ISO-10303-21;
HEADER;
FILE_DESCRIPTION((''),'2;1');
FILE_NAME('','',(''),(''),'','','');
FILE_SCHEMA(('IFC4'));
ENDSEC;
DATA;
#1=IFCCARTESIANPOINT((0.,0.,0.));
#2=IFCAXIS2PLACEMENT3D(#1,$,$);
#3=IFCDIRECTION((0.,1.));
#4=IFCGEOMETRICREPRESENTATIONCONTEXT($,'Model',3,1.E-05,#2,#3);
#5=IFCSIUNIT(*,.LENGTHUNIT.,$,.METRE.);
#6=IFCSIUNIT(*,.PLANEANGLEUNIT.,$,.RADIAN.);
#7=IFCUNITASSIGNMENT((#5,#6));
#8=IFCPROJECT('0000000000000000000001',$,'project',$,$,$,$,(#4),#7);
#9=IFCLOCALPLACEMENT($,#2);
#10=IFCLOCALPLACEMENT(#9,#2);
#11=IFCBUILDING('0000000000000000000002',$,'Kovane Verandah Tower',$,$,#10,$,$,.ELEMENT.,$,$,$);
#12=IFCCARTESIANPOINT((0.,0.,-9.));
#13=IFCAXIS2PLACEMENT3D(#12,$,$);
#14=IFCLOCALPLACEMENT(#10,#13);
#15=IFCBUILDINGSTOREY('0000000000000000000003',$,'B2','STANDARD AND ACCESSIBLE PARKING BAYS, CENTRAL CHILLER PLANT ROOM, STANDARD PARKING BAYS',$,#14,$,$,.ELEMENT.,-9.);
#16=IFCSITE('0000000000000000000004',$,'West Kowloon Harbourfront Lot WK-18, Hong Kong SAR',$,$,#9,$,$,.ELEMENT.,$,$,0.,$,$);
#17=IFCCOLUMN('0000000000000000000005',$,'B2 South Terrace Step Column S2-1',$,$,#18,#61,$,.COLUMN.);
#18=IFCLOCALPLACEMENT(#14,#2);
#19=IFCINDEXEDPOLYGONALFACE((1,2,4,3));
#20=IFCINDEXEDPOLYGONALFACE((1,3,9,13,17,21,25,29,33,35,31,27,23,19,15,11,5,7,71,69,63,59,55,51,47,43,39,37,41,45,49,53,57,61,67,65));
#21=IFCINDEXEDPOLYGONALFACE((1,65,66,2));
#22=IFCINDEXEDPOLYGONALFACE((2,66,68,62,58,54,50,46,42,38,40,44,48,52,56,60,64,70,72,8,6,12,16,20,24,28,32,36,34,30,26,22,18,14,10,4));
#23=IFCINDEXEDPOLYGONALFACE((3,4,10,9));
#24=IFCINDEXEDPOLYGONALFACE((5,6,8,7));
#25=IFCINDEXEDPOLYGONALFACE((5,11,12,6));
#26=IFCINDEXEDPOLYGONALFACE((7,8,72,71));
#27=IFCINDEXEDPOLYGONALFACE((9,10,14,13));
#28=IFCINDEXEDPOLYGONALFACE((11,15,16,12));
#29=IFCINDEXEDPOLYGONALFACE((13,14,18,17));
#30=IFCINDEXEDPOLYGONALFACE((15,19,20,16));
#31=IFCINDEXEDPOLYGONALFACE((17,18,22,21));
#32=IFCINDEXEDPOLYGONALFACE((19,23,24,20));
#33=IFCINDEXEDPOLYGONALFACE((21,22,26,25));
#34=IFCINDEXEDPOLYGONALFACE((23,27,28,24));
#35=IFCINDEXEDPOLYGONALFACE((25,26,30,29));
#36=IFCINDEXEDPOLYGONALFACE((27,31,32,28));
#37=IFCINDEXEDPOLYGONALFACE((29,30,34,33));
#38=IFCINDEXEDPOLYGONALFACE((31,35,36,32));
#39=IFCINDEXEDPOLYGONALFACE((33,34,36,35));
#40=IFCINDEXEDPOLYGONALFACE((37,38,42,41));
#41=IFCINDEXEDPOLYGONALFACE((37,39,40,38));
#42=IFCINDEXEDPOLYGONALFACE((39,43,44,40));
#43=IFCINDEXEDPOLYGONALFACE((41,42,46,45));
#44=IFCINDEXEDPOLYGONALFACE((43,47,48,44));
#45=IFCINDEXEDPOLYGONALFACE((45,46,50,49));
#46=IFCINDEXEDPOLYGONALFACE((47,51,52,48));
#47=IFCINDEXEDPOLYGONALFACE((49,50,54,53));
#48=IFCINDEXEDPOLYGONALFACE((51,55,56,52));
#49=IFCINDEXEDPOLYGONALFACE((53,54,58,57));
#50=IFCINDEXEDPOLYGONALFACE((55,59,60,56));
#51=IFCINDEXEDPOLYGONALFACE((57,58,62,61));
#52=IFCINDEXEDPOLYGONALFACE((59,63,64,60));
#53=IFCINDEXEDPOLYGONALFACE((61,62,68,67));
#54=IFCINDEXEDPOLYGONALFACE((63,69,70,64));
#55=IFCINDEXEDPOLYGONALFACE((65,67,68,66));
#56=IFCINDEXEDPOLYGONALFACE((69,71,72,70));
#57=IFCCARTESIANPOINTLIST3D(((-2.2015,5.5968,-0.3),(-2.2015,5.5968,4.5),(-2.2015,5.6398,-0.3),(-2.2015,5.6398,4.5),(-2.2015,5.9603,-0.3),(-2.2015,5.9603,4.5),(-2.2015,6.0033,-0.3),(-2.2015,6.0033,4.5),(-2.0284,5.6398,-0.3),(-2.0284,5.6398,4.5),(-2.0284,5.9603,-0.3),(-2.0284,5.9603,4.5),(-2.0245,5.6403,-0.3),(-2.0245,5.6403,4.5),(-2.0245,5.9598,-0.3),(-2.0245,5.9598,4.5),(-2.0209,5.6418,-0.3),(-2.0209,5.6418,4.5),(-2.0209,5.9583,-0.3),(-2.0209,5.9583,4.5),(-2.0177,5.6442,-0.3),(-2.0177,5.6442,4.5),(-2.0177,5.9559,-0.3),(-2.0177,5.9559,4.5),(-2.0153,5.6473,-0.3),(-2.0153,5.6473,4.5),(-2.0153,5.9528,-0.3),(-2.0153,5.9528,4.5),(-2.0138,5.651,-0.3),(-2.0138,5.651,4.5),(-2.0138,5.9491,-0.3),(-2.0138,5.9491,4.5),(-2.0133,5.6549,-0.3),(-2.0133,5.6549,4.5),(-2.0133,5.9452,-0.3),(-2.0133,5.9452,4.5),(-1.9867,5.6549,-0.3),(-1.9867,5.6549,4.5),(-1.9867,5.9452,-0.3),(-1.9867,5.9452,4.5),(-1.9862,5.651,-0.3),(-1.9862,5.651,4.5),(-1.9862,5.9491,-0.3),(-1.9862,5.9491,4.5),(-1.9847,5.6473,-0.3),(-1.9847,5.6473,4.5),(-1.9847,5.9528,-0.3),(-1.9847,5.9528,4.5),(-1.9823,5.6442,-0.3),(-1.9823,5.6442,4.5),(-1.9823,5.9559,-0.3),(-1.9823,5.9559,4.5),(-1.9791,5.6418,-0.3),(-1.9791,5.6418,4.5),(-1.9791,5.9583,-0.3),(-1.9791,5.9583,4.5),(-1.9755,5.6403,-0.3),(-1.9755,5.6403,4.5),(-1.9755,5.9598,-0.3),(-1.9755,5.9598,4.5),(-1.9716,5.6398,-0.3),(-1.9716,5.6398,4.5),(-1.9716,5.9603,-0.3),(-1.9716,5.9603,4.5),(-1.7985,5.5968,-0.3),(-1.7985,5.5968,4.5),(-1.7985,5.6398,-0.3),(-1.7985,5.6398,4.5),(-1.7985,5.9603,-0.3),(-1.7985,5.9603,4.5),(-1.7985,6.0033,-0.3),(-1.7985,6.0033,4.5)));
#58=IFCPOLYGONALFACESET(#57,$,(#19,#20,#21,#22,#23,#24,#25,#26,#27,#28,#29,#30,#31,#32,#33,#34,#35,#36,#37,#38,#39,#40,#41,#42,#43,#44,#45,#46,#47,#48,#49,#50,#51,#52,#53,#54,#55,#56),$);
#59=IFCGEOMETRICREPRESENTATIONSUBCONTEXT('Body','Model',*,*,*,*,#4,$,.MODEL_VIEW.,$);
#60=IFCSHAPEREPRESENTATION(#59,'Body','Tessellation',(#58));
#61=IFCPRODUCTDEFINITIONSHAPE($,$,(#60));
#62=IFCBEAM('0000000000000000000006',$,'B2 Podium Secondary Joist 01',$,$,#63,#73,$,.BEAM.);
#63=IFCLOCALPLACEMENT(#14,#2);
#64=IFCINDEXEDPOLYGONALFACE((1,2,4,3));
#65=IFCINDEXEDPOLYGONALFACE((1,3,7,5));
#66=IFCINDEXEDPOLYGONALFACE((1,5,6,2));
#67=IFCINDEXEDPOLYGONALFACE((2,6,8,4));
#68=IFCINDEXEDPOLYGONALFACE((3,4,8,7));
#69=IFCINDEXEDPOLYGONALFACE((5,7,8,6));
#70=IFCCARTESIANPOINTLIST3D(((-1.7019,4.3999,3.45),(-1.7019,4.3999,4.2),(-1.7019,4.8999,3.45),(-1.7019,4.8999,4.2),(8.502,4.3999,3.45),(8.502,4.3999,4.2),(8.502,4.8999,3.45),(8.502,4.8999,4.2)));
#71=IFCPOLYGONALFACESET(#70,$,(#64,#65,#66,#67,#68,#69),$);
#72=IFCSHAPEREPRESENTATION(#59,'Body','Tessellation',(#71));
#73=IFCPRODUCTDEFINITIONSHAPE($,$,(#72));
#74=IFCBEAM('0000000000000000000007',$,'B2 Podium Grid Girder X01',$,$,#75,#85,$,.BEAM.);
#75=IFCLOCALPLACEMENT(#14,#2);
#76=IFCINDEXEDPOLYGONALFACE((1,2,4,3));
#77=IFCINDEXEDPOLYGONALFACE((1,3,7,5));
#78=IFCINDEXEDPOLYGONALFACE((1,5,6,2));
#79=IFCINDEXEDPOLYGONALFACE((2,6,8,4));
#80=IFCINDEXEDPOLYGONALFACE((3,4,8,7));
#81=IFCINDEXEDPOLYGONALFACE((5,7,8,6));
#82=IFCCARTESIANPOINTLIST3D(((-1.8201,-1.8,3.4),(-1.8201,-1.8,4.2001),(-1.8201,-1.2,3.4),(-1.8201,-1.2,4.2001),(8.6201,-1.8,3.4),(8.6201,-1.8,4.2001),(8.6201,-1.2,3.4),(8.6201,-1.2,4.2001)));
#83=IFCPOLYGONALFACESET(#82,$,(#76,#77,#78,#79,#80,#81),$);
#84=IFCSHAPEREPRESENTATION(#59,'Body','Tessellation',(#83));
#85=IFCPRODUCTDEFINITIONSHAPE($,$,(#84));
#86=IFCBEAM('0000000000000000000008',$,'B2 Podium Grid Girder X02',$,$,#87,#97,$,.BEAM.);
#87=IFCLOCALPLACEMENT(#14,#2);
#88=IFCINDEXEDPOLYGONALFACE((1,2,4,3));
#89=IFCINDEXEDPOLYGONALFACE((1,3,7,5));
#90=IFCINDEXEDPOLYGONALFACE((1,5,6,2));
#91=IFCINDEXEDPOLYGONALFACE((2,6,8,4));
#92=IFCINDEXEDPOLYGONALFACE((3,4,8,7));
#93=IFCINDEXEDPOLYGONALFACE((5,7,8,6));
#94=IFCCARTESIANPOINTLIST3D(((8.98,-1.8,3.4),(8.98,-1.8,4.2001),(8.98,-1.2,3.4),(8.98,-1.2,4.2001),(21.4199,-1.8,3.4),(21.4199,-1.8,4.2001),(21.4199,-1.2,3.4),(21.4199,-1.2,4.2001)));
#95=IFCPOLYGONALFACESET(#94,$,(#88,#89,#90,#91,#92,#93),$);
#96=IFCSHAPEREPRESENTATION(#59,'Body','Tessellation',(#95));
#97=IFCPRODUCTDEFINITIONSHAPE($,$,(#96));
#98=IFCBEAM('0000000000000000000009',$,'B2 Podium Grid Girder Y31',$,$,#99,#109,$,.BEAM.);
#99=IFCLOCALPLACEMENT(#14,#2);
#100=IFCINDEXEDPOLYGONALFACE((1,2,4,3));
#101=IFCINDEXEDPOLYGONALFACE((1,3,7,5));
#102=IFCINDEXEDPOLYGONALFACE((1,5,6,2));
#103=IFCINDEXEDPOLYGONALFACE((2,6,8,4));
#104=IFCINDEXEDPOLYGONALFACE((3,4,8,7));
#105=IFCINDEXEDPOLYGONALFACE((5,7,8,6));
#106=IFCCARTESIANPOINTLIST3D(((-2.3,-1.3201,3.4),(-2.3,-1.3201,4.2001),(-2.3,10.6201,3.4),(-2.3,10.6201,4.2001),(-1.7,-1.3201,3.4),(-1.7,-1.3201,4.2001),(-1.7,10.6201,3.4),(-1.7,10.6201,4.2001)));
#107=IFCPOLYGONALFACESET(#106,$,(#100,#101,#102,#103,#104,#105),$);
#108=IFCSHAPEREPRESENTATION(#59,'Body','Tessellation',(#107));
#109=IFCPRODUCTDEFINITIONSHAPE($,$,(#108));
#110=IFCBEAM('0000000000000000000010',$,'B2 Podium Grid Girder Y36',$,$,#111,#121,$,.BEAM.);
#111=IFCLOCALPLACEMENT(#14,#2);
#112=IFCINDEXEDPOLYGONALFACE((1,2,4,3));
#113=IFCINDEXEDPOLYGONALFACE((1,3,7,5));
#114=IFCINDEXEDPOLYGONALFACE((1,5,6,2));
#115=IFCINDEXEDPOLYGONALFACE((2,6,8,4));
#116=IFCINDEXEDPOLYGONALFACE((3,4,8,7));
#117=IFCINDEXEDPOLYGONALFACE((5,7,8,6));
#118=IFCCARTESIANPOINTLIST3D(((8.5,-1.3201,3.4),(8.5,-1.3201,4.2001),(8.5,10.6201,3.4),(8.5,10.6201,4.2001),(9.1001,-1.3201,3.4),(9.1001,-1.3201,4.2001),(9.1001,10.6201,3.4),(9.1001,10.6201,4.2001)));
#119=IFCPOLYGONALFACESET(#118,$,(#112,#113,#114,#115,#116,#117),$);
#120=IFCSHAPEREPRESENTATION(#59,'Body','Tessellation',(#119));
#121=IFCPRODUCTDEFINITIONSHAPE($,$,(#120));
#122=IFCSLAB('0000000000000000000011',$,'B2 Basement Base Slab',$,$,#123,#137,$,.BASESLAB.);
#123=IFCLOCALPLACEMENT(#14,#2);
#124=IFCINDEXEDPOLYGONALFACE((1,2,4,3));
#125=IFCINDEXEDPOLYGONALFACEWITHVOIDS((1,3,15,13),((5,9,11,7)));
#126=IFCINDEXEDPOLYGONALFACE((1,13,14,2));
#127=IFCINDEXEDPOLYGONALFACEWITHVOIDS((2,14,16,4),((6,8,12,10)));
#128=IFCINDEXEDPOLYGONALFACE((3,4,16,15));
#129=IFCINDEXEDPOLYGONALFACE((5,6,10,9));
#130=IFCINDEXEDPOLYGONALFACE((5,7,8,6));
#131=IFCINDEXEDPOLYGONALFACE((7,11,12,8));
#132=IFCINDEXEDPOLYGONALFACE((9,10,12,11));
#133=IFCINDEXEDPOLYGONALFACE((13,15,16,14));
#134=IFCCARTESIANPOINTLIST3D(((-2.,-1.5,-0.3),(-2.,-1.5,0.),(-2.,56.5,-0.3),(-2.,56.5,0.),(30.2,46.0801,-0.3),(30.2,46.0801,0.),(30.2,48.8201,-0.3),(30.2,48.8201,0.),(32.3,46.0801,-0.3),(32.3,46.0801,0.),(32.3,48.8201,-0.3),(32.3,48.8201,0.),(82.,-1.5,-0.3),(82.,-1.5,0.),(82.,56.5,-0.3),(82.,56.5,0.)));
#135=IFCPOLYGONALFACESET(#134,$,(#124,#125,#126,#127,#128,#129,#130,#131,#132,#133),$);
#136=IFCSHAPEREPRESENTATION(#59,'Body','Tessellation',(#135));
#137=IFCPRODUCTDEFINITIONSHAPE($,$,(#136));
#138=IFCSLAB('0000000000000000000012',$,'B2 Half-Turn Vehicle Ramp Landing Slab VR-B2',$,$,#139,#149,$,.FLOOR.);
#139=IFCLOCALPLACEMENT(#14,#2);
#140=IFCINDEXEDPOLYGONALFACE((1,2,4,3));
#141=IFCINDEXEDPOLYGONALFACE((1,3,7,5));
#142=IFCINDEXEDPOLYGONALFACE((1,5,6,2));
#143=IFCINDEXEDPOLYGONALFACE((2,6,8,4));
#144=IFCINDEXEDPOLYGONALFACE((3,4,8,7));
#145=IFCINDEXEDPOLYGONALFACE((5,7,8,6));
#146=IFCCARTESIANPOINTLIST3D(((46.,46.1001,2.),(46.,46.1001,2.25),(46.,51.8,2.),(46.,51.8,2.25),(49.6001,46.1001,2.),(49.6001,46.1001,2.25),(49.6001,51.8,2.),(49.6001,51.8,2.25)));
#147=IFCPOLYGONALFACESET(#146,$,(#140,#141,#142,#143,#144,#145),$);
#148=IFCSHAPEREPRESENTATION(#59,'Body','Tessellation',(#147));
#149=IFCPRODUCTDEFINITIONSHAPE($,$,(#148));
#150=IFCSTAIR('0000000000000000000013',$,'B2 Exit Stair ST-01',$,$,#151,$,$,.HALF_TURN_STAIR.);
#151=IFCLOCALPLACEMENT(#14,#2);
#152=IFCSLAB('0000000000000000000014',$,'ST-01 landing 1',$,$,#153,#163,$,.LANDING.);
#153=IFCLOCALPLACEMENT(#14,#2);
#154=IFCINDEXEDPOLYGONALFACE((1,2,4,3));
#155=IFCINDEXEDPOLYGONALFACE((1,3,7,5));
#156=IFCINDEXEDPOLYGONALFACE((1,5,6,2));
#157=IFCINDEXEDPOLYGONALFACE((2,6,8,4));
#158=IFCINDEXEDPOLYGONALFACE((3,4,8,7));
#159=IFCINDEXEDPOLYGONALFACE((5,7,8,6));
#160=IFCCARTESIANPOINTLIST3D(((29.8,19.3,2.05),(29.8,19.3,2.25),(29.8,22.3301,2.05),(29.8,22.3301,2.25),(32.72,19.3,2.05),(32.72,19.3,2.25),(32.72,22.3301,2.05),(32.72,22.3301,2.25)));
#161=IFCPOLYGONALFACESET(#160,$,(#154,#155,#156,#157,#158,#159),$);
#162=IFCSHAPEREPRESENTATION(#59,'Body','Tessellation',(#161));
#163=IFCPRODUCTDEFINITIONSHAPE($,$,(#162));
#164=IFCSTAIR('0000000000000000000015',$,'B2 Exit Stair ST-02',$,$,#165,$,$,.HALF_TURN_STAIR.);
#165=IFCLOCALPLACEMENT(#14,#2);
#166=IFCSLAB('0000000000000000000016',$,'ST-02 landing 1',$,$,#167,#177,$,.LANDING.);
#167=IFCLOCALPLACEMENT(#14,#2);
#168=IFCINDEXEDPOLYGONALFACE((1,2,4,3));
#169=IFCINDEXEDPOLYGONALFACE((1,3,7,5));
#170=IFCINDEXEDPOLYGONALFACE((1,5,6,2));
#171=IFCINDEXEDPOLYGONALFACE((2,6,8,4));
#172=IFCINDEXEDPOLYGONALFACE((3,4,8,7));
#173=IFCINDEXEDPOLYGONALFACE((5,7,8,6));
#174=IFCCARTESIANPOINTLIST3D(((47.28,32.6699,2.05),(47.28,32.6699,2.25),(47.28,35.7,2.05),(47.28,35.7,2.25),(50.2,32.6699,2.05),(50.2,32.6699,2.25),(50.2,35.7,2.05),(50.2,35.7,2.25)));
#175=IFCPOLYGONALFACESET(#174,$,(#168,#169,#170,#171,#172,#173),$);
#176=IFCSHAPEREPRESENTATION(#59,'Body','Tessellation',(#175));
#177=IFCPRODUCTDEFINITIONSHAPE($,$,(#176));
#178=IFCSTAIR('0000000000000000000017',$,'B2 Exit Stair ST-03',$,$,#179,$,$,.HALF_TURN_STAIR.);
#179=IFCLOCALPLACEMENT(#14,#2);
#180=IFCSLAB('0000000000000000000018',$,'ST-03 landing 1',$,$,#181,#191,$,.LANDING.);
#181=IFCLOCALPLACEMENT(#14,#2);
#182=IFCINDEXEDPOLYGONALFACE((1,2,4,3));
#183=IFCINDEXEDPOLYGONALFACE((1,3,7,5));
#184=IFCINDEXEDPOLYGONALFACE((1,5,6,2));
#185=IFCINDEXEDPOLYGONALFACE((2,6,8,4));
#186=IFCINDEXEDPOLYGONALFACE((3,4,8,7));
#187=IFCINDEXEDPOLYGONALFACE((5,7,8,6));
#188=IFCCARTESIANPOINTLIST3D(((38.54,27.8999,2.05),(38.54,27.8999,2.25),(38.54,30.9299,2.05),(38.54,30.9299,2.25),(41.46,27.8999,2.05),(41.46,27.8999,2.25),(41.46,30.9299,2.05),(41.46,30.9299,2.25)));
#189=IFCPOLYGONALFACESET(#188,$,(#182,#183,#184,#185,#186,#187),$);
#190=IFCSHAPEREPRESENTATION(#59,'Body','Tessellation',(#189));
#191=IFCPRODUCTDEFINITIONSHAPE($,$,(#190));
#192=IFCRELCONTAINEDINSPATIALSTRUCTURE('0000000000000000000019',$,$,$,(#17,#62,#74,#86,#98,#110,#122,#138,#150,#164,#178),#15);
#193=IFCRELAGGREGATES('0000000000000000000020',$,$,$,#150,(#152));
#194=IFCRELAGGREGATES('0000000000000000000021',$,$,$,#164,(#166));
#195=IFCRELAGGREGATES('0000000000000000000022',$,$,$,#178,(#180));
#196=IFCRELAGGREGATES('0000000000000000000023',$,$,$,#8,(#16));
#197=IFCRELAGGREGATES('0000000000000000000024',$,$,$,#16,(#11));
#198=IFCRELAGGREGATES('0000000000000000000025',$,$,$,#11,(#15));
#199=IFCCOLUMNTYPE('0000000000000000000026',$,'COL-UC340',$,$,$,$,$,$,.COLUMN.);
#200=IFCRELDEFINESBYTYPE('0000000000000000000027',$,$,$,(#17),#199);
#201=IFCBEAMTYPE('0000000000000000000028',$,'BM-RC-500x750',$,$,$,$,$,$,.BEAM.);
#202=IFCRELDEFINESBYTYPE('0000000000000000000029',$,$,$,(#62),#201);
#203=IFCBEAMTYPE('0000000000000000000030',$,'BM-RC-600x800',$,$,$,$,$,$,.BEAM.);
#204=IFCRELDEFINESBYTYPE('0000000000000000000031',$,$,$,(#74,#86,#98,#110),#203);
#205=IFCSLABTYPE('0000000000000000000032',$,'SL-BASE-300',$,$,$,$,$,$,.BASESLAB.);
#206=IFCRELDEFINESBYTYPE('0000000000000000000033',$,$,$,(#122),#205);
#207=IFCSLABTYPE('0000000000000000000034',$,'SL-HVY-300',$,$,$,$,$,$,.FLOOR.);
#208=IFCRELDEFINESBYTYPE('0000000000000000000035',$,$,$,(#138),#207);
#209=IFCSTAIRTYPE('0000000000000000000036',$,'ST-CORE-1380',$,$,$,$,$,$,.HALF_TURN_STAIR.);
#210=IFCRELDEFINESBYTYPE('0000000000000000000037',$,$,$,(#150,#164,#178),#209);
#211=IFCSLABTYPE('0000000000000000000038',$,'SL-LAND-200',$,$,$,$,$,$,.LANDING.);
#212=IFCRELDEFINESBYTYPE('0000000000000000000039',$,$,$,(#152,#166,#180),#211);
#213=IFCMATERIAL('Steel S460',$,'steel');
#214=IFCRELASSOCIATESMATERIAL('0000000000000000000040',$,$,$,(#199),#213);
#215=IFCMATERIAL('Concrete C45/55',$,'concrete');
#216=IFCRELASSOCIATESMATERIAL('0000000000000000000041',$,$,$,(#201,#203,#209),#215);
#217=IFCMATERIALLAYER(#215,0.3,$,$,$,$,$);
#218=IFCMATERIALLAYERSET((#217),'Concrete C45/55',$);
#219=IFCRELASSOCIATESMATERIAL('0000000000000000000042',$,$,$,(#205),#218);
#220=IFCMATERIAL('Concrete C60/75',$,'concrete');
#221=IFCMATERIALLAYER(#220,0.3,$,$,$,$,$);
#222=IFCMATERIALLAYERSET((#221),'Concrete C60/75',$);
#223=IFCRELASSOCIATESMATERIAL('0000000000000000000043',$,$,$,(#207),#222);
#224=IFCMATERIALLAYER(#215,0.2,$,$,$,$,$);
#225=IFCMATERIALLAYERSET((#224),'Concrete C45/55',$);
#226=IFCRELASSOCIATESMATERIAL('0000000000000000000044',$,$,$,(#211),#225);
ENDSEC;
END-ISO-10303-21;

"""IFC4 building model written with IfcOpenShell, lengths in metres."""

from ifc_helpers import new_model, si_unit, direction, frame, origin, origin_2d, place, context, subcontext, project, spatial, polyline, rectangle, i_section, outline, extrude, material, layer, layer_set, material_profile, profile_set, type_object, element, aggregate, save


model = new_model("IFC4")

# Units and contexts
model_context = context("Model", 3, precision=1e-05, world=origin(), true_north=direction((0.0, 1.0)))
body_context = subcontext(model_context, "Body", "Model", "MODEL_VIEW")
ifc_project = project(units=[si_unit("LENGTHUNIT", "METRE"), si_unit("PLANEANGLEUNIT", "RADIAN")], contexts=[model_context])

# Site, building, storey
site_placement = place(None, origin())
site = spatial("IfcSite", under=ifc_project, at=site_placement, Name="West Kowloon Harbourfront Lot WK-18, Hong Kong SAR", CompositionType="ELEMENT", RefElevation=0.0)
building_placement = place(site_placement, origin())
building = spatial("IfcBuilding", under=site, at=building_placement, Name="Kovane Verandah Tower", CompositionType="ELEMENT")
storey_placement = place(building_placement, frame((0.0, 0.0, -9.0)))
storey = spatial("IfcBuildingStorey", under=building, at=storey_placement, Name="B2", Description="STANDARD AND ACCESSIBLE PARKING BAYS, CENTRAL CHILLER PLANT ROOM, STANDARD PARKING BAYS", CompositionType="ELEMENT", Elevation=-9.0)

# Shared definitions
ifc_material_1 = material(Name="Concrete C60/75", Category="concrete")

# Column
ifc_material_2 = material(Name="Steel S460", Category="steel")
ifc_material_profile_1 = material_profile(ifc_material_2, i_section(OverallWidth=0.4031, OverallDepth=0.4065, WebThickness=0.0266, FlangeThickness=0.043, FilletRadius=0.0151, at=origin_2d()), Name="UC356x406x340")
ifc_profile_set_1 = profile_set([ifc_material_profile_1], Name="Steel S460")
column_type_1 = type_object("IfcColumnType", Name="COL-UC340", PredefinedType="COLUMN", material=ifc_profile_set_1)
for number, where, z_axis, x_axis, name in (
    (1, (-2.0, 5.8, -0.3), (0.0, 0.0, 1.0), (1.0, 0.0, 0.0), "B2 South Terrace Step Column S2-1"),
):
    element("IfcColumn", number, at=place(storey_placement, frame(where, z_axis=z_axis, x_axis=x_axis)), inside=storey, type_object=column_type_1, Name=name, PredefinedType="COLUMN", context=body_context, shape_type="SweptSolid", body=[
        extrude(i_section(OverallWidth=0.4031, OverallDepth=0.4065, WebThickness=0.0266, FlangeThickness=0.043, FilletRadius=0.0151, at=origin_2d()), origin(), (0.0, 0.0, 1.0), 4.8),
    ])

# Beams
ifc_material_3 = material(Name="Concrete C45/55", Category="concrete")
ifc_material_profile_2 = material_profile(ifc_material_3, rectangle(XDim=0.5, YDim=0.75, at=origin_2d()), Name="RCB500x750")
ifc_profile_set_2 = profile_set([ifc_material_profile_2], Name="Concrete C45/55")
beam_type_1 = type_object("IfcBeamType", Name="BM-RC-500x750", PredefinedType="BEAM", material=ifc_profile_set_2)
beam_1_placement = place(storey_placement, frame((-1.7019, 4.6499, 3.825), z_axis=(1.0, 0.0, 0.0), x_axis=(0.0, 1.0, 0.0)))
element("IfcBeam", 2, at=beam_1_placement, inside=storey, type_object=beam_type_1, Name="B2 Podium Secondary Joist 01", PredefinedType="BEAM", context=body_context, shape_type="SweptSolid", body=[
    extrude(rectangle(XDim=0.5, YDim=0.75, at=origin_2d()), origin(), (0.0, 0.0, 1.0), 10.2039),
])
ifc_material_profile_3 = material_profile(ifc_material_3, rectangle(XDim=0.6001, YDim=0.8, at=origin_2d()), Name="RCB600x800")
ifc_profile_set_3 = profile_set([ifc_material_profile_3], Name="Concrete C45/55")
beam_type_2 = type_object("IfcBeamType", Name="BM-RC-600x800", PredefinedType="BEAM", material=ifc_profile_set_3)
beam_2_placement = place(storey_placement, frame((-1.8201, -1.5, 3.8), z_axis=(1.0, 0.0, 0.0), x_axis=(0.0, 1.0, 0.0)))
element("IfcBeam", 3, at=beam_2_placement, inside=storey, type_object=beam_type_2, Name="B2 Podium Grid Girder X01", PredefinedType="BEAM", context=body_context, shape_type="SweptSolid", body=[
    extrude(rectangle(XDim=0.6001, YDim=0.8, at=origin_2d()), origin(), (0.0, 0.0, 1.0), 10.4402),
])
beam_3_placement = place(storey_placement, frame((8.98, -1.5, 3.8), z_axis=(1.0, 0.0, 0.0), x_axis=(0.0, 1.0, 0.0)))
element("IfcBeam", 4, at=beam_3_placement, inside=storey, type_object=beam_type_2, Name="B2 Podium Grid Girder X02", PredefinedType="BEAM", context=body_context, shape_type="SweptSolid", body=[
    extrude(rectangle(XDim=0.6001, YDim=0.8, at=origin_2d()), origin(), (0.0, 0.0, 1.0), 12.4399),
])
for number, where, z_axis, x_axis, name in (
    (5, (-2.0, -1.3201, 3.8), (0.0, 1.0, 0.0), (-1.0, 0.0, 0.0), "B2 Podium Grid Girder Y31"),
    (6, (8.8, -1.3201, 3.8), (0.0, 1.0, 0.0), (-1.0, 0.0, 0.0), "B2 Podium Grid Girder Y36"),
):
    element("IfcBeam", number, at=place(storey_placement, frame(where, z_axis=z_axis, x_axis=x_axis)), inside=storey, type_object=beam_type_2, Name=name, PredefinedType="BEAM", context=body_context, shape_type="SweptSolid", body=[
        extrude(rectangle(XDim=0.6001, YDim=0.8, at=origin_2d()), origin(), (0.0, 0.0, 1.0), 11.9402),
    ])

# Slabs
ifc_layer_1 = layer(ifc_material_3, 0.3)
ifc_layer_set_1 = layer_set([ifc_layer_1], Name="Concrete C45/55")
slab_type_1 = type_object("IfcSlabType", Name="SL-BASE-300", PredefinedType="BASESLAB", material=ifc_layer_set_1)
slab_1_placement = place(storey_placement, frame((0.0, 0.0, -0.3)))
element("IfcSlab", 7, at=slab_1_placement, inside=storey, type_object=slab_type_1, Name="B2 Basement Base Slab", PredefinedType="BASESLAB", context=body_context, shape_type="SweptSolid", body=[
    extrude(outline(polyline([(-2.0, -1.5), (82.0, -1.5), (82.0, 56.5), (-2.0, 56.5), (-2.0, -1.5)]), holes=[polyline([(30.2, 46.0801), (32.3, 46.0801), (32.3, 48.8201), (30.2, 48.8201), (30.2, 46.0801)])]), origin(), (0.0, 0.0, 1.0), 0.3),
])
ifc_layer_2 = layer(ifc_material_1, 0.3)
ifc_layer_set_2 = layer_set([ifc_layer_2], Name="Concrete C60/75")
slab_type_2 = type_object("IfcSlabType", Name="SL-HVY-300", PredefinedType="FLOOR", material=ifc_layer_set_2)
slab_2_placement = place(storey_placement, frame((0.0, 0.0, 2.0)))
element("IfcSlab", 8, at=slab_2_placement, inside=storey, type_object=slab_type_2, Name="B2 Half-Turn Vehicle Ramp Landing Slab VR-B2", PredefinedType="FLOOR", context=body_context, shape_type="SweptSolid", body=[
    extrude(outline(polyline([(46.0, 46.1001), (49.6001, 46.1001), (49.6001, 51.8), (46.0, 51.8), (46.0, 46.1001)])), origin(), (0.0, 0.0, 1.0), 0.25),
])

# Stairs, slabs
stair_type = type_object("IfcStairType", Name="ST-CORE-1380", PredefinedType="HALF_TURN_STAIR", material=ifc_material_3)
stair_1_placement = place(storey_placement, origin())
stair_1 = element("IfcStair", 9, at=stair_1_placement, inside=storey, type_object=stair_type, Name="B2 Exit Stair ST-01", PredefinedType="HALF_TURN_STAIR")
ifc_layer_3 = layer(ifc_material_3, 0.2)
ifc_layer_set_3 = layer_set([ifc_layer_3], Name="Concrete C45/55")
slab_type_3 = type_object("IfcSlabType", Name="SL-LAND-200", PredefinedType="LANDING", material=ifc_layer_set_3)
slab_3_placement = place(storey_placement, frame((0.0, 0.0, 2.05)))
slab_3 = element("IfcSlab", 10, at=slab_3_placement, type_object=slab_type_3, Name="ST-01 landing 1", PredefinedType="LANDING", context=body_context, shape_type="SweptSolid", body=[
    extrude(outline(polyline([(29.8, 22.3301), (29.8, 19.3), (32.72, 19.3), (32.72, 22.3301), (29.8, 22.3301)])), origin(), (0.0, 0.0, 1.0), 0.2),
])
aggregate(stair_1, [slab_3])
stair_2_placement = place(storey_placement, origin())
stair_2 = element("IfcStair", 11, at=stair_2_placement, inside=storey, type_object=stair_type, Name="B2 Exit Stair ST-02", PredefinedType="HALF_TURN_STAIR")
slab_4_placement = place(storey_placement, frame((0.0, 0.0, 2.05)))
slab_4 = element("IfcSlab", 12, at=slab_4_placement, type_object=slab_type_3, Name="ST-02 landing 1", PredefinedType="LANDING", context=body_context, shape_type="SweptSolid", body=[
    extrude(outline(polyline([(50.2, 32.6699), (50.2, 35.7), (47.28, 35.7), (47.28, 32.6699), (50.2, 32.6699)])), origin(), (0.0, 0.0, 1.0), 0.2),
])
aggregate(stair_2, [slab_4])
stair_3_placement = place(storey_placement, origin())
stair_3 = element("IfcStair", 13, at=stair_3_placement, inside=storey, type_object=stair_type, Name="B2 Exit Stair ST-03", PredefinedType="HALF_TURN_STAIR")
slab_5_placement = place(storey_placement, frame((0.0, 0.0, 2.05)))
slab_5 = element("IfcSlab", 14, at=slab_5_placement, type_object=slab_type_3, Name="ST-03 landing 1", PredefinedType="LANDING", context=body_context, shape_type="SweptSolid", body=[
    extrude(outline(polyline([(38.54, 30.9299), (38.54, 27.8999), (41.46, 27.8999), (41.46, 30.9299), (38.54, 30.9299)])), origin(), (0.0, 0.0, 1.0), 0.2),
])
aggregate(stair_3, [slab_5])

save(model, "model.ifc")
